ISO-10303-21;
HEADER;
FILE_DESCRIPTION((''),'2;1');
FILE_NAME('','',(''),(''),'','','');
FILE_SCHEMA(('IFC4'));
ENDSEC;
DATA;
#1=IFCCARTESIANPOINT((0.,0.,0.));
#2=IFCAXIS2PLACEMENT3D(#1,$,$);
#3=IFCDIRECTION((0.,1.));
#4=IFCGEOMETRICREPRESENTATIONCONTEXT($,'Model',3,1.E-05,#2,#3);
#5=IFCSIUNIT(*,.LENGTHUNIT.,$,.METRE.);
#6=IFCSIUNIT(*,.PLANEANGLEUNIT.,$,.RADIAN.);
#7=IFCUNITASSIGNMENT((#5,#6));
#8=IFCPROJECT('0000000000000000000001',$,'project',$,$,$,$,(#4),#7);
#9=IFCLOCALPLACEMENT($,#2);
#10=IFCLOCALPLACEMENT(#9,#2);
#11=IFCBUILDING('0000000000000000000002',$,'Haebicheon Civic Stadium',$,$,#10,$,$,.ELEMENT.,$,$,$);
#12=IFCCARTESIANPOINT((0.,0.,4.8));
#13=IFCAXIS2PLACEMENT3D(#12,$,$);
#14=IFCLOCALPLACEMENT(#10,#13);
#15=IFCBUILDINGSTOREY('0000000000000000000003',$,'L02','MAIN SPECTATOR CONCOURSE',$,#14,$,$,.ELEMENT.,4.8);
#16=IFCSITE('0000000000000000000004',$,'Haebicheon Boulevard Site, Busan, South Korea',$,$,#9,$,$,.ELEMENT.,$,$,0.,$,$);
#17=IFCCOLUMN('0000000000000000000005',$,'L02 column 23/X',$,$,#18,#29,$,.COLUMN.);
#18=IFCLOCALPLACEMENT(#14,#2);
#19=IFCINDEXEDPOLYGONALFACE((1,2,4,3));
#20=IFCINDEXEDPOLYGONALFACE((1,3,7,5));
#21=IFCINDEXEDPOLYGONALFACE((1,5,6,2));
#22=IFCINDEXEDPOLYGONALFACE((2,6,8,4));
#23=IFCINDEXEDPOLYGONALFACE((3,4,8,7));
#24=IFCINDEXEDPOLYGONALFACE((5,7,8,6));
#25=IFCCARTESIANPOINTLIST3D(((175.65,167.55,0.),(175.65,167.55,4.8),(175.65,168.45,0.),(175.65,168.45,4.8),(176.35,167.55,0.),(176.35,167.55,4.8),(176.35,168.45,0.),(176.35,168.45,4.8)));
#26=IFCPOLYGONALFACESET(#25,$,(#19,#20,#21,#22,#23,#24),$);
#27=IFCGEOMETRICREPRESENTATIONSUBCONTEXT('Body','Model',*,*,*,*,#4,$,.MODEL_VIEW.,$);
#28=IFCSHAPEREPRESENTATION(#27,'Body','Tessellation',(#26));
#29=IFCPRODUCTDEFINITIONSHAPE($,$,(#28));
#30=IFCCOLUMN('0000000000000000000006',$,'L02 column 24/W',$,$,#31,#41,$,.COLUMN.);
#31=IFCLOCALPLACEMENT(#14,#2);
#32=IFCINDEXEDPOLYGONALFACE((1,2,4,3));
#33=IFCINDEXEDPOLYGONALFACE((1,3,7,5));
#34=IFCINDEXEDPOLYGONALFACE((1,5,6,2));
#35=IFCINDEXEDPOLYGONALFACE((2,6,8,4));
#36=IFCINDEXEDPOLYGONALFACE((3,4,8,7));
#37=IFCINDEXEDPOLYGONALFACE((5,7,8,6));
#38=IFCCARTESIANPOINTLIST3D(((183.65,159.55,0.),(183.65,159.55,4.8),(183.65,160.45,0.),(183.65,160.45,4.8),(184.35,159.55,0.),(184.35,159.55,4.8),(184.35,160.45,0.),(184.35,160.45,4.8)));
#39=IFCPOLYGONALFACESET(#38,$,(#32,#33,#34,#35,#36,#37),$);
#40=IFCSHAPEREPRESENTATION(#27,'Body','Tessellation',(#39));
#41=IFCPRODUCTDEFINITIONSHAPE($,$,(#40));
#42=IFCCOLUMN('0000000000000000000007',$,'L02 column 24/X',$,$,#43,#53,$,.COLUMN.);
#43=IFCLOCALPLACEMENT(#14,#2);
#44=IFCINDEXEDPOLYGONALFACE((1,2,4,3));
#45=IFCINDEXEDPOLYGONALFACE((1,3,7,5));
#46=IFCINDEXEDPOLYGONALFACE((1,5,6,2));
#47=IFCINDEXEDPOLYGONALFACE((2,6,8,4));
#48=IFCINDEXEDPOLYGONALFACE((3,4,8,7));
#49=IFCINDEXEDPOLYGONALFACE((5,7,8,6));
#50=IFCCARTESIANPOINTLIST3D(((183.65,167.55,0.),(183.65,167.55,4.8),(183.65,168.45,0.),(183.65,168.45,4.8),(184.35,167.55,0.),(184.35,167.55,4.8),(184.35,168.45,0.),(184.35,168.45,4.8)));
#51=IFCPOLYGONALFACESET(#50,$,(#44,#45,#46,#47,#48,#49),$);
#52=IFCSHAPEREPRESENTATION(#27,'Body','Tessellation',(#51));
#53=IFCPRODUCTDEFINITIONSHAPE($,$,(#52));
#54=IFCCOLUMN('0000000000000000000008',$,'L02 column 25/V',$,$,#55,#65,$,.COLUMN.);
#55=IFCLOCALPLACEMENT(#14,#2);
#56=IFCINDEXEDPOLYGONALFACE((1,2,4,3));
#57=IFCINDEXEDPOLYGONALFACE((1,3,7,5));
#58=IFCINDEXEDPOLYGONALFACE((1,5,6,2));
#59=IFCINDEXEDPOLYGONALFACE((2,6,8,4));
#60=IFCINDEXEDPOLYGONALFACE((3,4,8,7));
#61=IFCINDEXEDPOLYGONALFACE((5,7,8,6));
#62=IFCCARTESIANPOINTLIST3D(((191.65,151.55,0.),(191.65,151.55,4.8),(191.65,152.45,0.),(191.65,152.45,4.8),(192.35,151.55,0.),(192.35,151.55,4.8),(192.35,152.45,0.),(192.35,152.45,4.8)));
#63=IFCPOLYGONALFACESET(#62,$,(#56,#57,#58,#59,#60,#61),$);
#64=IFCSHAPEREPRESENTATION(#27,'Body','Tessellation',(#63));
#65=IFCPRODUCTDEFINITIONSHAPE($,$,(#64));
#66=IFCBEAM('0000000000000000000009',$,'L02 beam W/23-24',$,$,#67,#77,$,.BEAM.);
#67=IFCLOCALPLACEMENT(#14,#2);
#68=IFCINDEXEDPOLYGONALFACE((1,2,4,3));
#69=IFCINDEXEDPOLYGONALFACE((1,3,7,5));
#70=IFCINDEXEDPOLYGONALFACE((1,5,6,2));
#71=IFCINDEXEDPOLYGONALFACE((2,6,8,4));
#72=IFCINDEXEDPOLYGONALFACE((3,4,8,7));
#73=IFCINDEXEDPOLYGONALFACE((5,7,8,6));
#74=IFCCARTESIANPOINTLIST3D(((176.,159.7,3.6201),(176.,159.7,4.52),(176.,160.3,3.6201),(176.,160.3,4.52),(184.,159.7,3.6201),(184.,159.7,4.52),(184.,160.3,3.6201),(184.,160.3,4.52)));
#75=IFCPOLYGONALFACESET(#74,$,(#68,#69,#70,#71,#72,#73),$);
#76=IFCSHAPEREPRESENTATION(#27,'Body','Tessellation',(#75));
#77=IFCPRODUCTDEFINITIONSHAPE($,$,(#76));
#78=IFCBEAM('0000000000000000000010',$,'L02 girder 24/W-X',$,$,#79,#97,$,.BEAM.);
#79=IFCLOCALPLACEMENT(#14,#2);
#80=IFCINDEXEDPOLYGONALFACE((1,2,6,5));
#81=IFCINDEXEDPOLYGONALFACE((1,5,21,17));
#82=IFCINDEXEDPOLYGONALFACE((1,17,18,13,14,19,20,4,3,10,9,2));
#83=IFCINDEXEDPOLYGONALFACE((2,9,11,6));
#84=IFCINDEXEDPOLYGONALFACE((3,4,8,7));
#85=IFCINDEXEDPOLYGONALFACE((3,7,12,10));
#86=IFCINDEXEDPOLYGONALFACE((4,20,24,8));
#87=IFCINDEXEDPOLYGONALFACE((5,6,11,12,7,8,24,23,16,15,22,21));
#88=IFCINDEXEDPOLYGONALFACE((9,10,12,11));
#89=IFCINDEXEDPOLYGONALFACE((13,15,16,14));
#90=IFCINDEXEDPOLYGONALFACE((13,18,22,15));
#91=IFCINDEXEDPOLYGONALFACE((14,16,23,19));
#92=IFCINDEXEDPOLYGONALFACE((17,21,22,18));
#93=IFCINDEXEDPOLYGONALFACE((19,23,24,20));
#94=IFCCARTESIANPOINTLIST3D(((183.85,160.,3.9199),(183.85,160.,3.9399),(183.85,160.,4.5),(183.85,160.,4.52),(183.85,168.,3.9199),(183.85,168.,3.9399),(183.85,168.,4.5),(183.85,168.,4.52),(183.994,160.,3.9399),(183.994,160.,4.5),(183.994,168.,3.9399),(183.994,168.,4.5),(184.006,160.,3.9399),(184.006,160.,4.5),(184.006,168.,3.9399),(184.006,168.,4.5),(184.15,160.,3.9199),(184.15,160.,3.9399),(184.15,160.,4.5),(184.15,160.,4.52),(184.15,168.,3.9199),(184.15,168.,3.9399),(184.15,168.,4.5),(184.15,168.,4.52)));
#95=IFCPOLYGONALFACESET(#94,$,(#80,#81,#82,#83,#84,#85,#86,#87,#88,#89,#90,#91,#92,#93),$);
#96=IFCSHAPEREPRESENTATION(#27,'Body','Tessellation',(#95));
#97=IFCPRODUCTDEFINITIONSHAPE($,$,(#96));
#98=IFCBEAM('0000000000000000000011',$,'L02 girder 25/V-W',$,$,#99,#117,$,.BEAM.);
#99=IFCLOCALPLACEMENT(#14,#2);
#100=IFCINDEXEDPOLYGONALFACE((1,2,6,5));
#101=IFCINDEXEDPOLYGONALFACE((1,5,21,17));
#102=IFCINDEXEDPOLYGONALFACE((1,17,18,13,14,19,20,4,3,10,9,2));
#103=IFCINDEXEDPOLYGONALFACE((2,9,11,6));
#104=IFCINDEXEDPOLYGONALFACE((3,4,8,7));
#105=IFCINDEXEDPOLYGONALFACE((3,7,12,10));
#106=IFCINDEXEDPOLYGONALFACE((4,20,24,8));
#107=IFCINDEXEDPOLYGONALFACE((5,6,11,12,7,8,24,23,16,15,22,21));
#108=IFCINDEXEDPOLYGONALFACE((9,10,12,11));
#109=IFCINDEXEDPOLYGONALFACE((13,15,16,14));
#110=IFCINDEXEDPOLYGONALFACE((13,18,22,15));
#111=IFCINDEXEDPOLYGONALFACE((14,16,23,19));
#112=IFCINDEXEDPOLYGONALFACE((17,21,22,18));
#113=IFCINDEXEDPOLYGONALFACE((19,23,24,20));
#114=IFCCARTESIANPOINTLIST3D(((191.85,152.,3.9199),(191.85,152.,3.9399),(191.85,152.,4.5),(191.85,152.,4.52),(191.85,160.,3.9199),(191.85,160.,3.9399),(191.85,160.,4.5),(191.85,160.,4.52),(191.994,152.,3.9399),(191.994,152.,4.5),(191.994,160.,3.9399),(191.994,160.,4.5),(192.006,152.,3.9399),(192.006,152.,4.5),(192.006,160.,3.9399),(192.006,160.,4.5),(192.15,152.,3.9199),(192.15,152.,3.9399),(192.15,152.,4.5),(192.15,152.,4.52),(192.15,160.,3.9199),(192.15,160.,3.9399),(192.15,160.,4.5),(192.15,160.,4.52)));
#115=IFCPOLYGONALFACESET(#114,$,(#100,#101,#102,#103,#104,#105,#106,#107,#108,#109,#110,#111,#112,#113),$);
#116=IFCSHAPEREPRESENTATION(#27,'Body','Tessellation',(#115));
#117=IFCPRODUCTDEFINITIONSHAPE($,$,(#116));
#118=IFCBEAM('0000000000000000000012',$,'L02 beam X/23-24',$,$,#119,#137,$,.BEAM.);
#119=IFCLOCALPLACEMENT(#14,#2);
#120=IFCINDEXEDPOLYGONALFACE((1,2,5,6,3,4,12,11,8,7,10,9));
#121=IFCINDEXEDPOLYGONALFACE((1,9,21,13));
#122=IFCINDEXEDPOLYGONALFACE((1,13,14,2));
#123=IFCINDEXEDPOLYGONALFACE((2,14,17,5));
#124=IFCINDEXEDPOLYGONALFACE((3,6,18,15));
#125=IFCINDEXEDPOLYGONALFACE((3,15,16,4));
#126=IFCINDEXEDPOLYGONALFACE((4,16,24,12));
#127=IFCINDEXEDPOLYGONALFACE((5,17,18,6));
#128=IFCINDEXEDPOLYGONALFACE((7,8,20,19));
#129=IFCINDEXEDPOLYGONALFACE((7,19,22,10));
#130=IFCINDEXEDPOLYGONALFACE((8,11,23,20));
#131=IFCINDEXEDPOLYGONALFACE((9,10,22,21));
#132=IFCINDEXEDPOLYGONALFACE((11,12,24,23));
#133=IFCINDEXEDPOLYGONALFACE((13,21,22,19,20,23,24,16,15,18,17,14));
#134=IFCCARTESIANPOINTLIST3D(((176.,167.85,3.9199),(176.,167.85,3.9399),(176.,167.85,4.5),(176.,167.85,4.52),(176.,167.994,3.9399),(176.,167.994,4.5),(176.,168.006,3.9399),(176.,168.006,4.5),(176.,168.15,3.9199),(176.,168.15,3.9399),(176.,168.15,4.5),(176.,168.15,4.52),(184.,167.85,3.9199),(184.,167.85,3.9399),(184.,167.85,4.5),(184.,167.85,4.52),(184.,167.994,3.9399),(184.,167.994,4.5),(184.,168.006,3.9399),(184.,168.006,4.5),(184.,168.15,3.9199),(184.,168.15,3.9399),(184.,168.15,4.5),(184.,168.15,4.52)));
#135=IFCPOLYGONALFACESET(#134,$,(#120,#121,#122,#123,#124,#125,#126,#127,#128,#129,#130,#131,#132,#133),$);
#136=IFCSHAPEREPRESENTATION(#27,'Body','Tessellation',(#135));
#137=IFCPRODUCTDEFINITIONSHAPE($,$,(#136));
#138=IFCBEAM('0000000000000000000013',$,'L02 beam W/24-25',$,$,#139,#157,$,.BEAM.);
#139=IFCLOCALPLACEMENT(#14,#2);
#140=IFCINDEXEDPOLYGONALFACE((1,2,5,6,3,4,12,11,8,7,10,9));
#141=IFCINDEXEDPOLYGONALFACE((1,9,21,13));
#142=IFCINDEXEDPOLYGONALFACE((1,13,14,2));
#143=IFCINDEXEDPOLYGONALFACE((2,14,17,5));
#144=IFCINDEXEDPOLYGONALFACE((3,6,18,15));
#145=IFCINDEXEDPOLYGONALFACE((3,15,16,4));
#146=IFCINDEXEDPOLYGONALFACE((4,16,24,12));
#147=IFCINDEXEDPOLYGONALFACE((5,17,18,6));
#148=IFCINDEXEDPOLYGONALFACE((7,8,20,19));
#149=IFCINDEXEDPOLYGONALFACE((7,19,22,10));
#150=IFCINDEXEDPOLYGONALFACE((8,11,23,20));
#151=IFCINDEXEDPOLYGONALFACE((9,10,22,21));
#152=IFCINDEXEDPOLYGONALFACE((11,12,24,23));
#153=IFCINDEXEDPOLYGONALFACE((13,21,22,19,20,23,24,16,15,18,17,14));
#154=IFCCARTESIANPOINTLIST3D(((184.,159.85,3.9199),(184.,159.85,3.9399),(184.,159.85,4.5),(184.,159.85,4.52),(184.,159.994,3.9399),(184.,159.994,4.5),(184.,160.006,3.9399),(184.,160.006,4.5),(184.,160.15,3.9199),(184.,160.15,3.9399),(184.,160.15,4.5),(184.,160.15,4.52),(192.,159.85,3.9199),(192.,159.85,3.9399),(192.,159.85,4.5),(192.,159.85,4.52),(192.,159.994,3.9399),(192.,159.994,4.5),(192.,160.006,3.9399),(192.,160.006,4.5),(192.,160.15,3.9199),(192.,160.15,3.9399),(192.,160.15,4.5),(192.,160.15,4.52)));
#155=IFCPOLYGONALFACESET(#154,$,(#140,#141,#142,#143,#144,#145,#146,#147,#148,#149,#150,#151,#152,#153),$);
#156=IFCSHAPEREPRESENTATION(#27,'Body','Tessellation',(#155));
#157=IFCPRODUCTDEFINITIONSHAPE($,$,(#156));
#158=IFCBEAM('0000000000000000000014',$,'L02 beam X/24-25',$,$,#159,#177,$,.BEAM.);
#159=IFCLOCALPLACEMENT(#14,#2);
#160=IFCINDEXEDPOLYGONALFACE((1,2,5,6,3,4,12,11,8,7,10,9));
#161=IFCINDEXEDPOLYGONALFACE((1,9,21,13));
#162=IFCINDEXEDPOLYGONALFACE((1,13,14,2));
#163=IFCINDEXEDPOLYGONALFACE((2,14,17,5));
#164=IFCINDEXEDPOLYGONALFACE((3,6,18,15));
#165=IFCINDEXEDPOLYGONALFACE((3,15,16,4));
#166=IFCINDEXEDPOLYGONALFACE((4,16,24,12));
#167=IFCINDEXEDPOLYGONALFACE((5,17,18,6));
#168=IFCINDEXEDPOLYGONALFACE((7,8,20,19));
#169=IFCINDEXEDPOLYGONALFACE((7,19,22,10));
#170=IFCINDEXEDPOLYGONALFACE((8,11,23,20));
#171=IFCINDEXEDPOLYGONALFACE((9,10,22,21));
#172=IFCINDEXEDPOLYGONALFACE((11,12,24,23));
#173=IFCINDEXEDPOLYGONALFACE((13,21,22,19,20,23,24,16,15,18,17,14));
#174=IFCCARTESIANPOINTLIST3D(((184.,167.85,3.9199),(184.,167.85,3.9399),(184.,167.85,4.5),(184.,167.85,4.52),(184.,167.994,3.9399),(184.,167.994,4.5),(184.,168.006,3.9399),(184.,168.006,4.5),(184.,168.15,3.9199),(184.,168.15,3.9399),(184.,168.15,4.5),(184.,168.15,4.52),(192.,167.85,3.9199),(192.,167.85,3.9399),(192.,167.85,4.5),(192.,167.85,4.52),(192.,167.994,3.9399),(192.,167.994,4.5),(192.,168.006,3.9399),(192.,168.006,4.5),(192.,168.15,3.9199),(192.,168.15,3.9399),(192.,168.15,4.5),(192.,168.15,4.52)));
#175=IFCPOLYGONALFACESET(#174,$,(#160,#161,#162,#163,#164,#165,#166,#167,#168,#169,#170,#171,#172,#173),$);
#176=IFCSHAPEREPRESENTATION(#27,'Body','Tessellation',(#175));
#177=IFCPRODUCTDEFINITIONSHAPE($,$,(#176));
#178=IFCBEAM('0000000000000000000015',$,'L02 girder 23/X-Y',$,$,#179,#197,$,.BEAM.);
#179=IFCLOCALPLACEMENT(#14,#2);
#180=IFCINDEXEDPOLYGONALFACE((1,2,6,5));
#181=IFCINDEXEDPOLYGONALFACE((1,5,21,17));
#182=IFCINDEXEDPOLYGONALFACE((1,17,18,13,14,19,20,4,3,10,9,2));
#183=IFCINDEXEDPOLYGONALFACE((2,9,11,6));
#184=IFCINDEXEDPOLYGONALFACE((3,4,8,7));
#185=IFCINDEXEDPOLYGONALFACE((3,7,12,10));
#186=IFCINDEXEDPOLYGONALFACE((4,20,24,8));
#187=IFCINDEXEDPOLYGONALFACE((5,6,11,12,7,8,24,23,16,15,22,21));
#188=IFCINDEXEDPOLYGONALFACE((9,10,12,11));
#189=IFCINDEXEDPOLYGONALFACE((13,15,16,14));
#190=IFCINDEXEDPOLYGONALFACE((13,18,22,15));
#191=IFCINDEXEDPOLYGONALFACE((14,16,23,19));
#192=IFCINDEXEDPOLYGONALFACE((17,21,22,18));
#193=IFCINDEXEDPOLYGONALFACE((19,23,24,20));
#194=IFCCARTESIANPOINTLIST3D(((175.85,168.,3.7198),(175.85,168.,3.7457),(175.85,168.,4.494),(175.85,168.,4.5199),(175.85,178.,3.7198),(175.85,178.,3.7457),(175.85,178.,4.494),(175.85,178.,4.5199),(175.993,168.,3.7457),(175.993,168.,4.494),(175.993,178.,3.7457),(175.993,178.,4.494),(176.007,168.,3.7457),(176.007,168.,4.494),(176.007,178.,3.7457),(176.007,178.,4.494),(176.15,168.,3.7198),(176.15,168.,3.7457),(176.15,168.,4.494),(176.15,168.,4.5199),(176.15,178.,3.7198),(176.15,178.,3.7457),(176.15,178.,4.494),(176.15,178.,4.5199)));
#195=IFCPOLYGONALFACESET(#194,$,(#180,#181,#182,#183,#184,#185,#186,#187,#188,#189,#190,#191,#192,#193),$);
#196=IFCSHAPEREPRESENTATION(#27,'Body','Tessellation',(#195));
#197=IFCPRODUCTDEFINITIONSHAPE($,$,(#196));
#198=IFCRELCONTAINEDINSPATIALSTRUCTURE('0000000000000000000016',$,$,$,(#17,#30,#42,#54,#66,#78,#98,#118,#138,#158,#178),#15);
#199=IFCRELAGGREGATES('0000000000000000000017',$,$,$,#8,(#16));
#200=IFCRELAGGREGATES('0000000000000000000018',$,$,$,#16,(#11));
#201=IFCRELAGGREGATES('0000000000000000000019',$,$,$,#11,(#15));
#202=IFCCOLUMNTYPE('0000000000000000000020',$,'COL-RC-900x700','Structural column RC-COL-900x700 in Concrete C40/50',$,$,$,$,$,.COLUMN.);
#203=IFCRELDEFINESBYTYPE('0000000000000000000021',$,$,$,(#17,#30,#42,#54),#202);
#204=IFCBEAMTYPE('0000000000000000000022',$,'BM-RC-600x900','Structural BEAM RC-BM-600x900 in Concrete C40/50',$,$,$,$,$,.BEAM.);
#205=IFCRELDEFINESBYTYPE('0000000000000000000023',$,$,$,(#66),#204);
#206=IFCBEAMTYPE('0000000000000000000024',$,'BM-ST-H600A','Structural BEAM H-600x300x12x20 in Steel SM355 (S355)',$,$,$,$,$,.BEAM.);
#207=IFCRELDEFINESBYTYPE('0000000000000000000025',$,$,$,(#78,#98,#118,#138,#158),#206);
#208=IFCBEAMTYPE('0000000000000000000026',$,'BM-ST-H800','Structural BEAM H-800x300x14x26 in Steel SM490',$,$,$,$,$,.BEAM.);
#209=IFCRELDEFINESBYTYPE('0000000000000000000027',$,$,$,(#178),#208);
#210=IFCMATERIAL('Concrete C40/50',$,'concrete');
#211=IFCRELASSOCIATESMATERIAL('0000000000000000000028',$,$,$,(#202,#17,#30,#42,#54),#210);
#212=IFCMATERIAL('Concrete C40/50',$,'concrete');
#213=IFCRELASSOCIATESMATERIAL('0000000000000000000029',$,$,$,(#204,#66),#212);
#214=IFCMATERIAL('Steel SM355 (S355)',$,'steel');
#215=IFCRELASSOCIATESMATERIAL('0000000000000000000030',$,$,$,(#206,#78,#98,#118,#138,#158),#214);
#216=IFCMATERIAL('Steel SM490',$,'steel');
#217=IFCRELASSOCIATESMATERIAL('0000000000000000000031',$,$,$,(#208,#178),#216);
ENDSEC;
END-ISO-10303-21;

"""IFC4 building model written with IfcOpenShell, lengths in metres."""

from ifc_helpers import new_model, si_unit, direction, frame, origin, origin_2d, place, context, subcontext, project, spatial, rectangle, i_section, extrude, material, material_profile, profile_set, type_object, element, save


model = new_model("IFC4")

# Units and contexts
model_context = context("Model", 3, precision=1e-05, world=origin(), true_north=direction((0.0, 1.0)))
body_context = subcontext(model_context, "Body", "Model", "MODEL_VIEW")
ifc_project = project(units=[si_unit("LENGTHUNIT", "METRE"), si_unit("PLANEANGLEUNIT", "RADIAN")], contexts=[model_context])

# Site, building, storey
site_placement = place(None, origin())
site = spatial("IfcSite", under=ifc_project, at=site_placement, Name="Haebicheon Boulevard Site, Busan, South Korea", CompositionType="ELEMENT", RefElevation=0.0)
building_placement = place(site_placement, origin())
building = spatial("IfcBuilding", under=site, at=building_placement, Name="Haebicheon Civic Stadium", CompositionType="ELEMENT")
storey_placement = place(building_placement, frame((0.0, 0.0, 4.8)))
storey = spatial("IfcBuildingStorey", under=building, at=storey_placement, Name="L02", Description="MAIN SPECTATOR CONCOURSE", CompositionType="ELEMENT", Elevation=4.8)

# Columns
ifc_material_1 = material(Name="Concrete C40/50", Category="concrete")
ifc_material_profile_1 = material_profile(ifc_material_1, rectangle(XDim=0.7, YDim=0.8999, at=origin_2d()), Name="RC-COL-900x700")
ifc_profile_set_1 = profile_set([ifc_material_profile_1], Name="Concrete C40/50")
column_type = type_object("IfcColumnType", Name="COL-RC-900x700", Description="Structural column RC-COL-900x700 in Concrete C40/50", PredefinedType="COLUMN", material=ifc_profile_set_1)
for number, where, z_axis, x_axis, name in (
    (1, (176.0, 168.0, 0.0), (0.0, 0.0, 1.0), (1.0, 0.0, 0.0), "L02 column 23/X"),
    (2, (184.0, 160.0, 0.0), (0.0, 0.0, 1.0), (1.0, 0.0, 0.0), "L02 column 24/W"),
    (3, (184.0, 168.0, 0.0), (0.0, 0.0, 1.0), (1.0, 0.0, 0.0), "L02 column 24/X"),
    (4, (192.0, 152.0, 0.0), (0.0, 0.0, 1.0), (1.0, 0.0, 0.0), "L02 column 25/V"),
):
    element("IfcColumn", number, at=place(storey_placement, frame(where, z_axis=z_axis, x_axis=x_axis)), inside=storey, type_object=column_type, material=ifc_profile_set_1, Name=name, PredefinedType="COLUMN", context=body_context, shape_type="SweptSolid", body=[
        extrude(rectangle(XDim=0.7, YDim=0.8999, at=origin_2d()), origin(), (0.0, 0.0, 1.0), 4.8),
    ])

# Beams
ifc_material_2 = material(Name="Concrete C40/50", Category="concrete")
ifc_material_profile_2 = material_profile(ifc_material_2, rectangle(XDim=0.6001, YDim=0.8999, at=origin_2d()), Name="RC-BM-600x900")
ifc_profile_set_2 = profile_set([ifc_material_profile_2], Name="Concrete C40/50")
beam_type_1 = type_object("IfcBeamType", Name="BM-RC-600x900", Description="Structural BEAM RC-BM-600x900 in Concrete C40/50", PredefinedType="BEAM", material=ifc_profile_set_2)
beam_placement = place(storey_placement, frame((176.0, 160.0, 4.0701), z_axis=(1.0, 0.0, 0.0), x_axis=(0.0, 1.0, 0.0)))
element("IfcBeam", 5, at=beam_placement, inside=storey, type_object=beam_type_1, material=ifc_profile_set_2, Name="L02 beam W/23-24", PredefinedType="BEAM", context=body_context, shape_type="SweptSolid", body=[
    extrude(rectangle(XDim=0.6001, YDim=0.8999, at=origin_2d()), origin(), (0.0, 0.0, 1.0), 8.0),
])
ifc_material_3 = material(Name="Steel SM355 (S355)", Category="steel")
ifc_material_profile_3 = material_profile(ifc_material_3, i_section(OverallWidth=0.3, OverallDepth=0.6001, WebThickness=0.012, FlangeThickness=0.02, at=origin_2d()), Name="H-600x300x12x20")
ifc_profile_set_3 = profile_set([ifc_material_profile_3], Name="Steel SM355 (S355)")
beam_type_2 = type_object("IfcBeamType", Name="BM-ST-H600A", Description="Structural BEAM H-600x300x12x20 in Steel SM355 (S355)", PredefinedType="BEAM", material=ifc_profile_set_3)
for number, where, z_axis, x_axis, name in (
    (6, (184.0, 160.0, 4.22), (0.0, 1.0, 0.0), (-1.0, 0.0, 0.0), "L02 girder 24/W-X"),
    (7, (192.0, 152.0, 4.22), (0.0, 1.0, 0.0), (-1.0, 0.0, 0.0), "L02 girder 25/V-W"),
    (8, (176.0, 168.0, 4.22), (1.0, 0.0, 0.0), (0.0, 1.0, 0.0), "L02 beam X/23-24"),
    (9, (184.0, 160.0, 4.22), (1.0, 0.0, 0.0), (0.0, 1.0, 0.0), "L02 beam W/24-25"),
    (10, (184.0, 168.0, 4.22), (1.0, 0.0, 0.0), (0.0, 1.0, 0.0), "L02 beam X/24-25"),
):
    element("IfcBeam", number, at=place(storey_placement, frame(where, z_axis=z_axis, x_axis=x_axis)), inside=storey, type_object=beam_type_2, material=ifc_profile_set_3, Name=name, PredefinedType="BEAM", context=body_context, shape_type="SweptSolid", body=[
        extrude(i_section(OverallWidth=0.3, OverallDepth=0.6001, WebThickness=0.012, FlangeThickness=0.02, at=origin_2d()), origin(), (0.0, 0.0, 1.0), 8.0),
    ])
ifc_material_4 = material(Name="Steel SM490", Category="steel")
ifc_material_profile_4 = material_profile(ifc_material_4, i_section(OverallWidth=0.3, OverallDepth=0.8, WebThickness=0.0139, FlangeThickness=0.0259, at=origin_2d()), Name="H-800x300x14x26")
ifc_profile_set_4 = profile_set([ifc_material_profile_4], Name="Steel SM490")
beam_type_3 = type_object("IfcBeamType", Name="BM-ST-H800", Description="Structural BEAM H-800x300x14x26 in Steel SM490", PredefinedType="BEAM", material=ifc_profile_set_4)
for number, where, z_axis, x_axis, name in (
    (11, (176.0, 168.0, 4.1199), (0.0, 1.0, 0.0), (-1.0, 0.0, 0.0), "L02 girder 23/X-Y"),
):
    element("IfcBeam", number, at=place(storey_placement, frame(where, z_axis=z_axis, x_axis=x_axis)), inside=storey, type_object=beam_type_3, material=ifc_profile_set_4, Name=name, PredefinedType="BEAM", context=body_context, shape_type="SweptSolid", body=[
        extrude(i_section(OverallWidth=0.3, OverallDepth=0.8, WebThickness=0.0139, FlangeThickness=0.0259, at=origin_2d()), origin(), (0.0, 0.0, 1.0), 10.0),
    ])

save(model, "model.ifc")
